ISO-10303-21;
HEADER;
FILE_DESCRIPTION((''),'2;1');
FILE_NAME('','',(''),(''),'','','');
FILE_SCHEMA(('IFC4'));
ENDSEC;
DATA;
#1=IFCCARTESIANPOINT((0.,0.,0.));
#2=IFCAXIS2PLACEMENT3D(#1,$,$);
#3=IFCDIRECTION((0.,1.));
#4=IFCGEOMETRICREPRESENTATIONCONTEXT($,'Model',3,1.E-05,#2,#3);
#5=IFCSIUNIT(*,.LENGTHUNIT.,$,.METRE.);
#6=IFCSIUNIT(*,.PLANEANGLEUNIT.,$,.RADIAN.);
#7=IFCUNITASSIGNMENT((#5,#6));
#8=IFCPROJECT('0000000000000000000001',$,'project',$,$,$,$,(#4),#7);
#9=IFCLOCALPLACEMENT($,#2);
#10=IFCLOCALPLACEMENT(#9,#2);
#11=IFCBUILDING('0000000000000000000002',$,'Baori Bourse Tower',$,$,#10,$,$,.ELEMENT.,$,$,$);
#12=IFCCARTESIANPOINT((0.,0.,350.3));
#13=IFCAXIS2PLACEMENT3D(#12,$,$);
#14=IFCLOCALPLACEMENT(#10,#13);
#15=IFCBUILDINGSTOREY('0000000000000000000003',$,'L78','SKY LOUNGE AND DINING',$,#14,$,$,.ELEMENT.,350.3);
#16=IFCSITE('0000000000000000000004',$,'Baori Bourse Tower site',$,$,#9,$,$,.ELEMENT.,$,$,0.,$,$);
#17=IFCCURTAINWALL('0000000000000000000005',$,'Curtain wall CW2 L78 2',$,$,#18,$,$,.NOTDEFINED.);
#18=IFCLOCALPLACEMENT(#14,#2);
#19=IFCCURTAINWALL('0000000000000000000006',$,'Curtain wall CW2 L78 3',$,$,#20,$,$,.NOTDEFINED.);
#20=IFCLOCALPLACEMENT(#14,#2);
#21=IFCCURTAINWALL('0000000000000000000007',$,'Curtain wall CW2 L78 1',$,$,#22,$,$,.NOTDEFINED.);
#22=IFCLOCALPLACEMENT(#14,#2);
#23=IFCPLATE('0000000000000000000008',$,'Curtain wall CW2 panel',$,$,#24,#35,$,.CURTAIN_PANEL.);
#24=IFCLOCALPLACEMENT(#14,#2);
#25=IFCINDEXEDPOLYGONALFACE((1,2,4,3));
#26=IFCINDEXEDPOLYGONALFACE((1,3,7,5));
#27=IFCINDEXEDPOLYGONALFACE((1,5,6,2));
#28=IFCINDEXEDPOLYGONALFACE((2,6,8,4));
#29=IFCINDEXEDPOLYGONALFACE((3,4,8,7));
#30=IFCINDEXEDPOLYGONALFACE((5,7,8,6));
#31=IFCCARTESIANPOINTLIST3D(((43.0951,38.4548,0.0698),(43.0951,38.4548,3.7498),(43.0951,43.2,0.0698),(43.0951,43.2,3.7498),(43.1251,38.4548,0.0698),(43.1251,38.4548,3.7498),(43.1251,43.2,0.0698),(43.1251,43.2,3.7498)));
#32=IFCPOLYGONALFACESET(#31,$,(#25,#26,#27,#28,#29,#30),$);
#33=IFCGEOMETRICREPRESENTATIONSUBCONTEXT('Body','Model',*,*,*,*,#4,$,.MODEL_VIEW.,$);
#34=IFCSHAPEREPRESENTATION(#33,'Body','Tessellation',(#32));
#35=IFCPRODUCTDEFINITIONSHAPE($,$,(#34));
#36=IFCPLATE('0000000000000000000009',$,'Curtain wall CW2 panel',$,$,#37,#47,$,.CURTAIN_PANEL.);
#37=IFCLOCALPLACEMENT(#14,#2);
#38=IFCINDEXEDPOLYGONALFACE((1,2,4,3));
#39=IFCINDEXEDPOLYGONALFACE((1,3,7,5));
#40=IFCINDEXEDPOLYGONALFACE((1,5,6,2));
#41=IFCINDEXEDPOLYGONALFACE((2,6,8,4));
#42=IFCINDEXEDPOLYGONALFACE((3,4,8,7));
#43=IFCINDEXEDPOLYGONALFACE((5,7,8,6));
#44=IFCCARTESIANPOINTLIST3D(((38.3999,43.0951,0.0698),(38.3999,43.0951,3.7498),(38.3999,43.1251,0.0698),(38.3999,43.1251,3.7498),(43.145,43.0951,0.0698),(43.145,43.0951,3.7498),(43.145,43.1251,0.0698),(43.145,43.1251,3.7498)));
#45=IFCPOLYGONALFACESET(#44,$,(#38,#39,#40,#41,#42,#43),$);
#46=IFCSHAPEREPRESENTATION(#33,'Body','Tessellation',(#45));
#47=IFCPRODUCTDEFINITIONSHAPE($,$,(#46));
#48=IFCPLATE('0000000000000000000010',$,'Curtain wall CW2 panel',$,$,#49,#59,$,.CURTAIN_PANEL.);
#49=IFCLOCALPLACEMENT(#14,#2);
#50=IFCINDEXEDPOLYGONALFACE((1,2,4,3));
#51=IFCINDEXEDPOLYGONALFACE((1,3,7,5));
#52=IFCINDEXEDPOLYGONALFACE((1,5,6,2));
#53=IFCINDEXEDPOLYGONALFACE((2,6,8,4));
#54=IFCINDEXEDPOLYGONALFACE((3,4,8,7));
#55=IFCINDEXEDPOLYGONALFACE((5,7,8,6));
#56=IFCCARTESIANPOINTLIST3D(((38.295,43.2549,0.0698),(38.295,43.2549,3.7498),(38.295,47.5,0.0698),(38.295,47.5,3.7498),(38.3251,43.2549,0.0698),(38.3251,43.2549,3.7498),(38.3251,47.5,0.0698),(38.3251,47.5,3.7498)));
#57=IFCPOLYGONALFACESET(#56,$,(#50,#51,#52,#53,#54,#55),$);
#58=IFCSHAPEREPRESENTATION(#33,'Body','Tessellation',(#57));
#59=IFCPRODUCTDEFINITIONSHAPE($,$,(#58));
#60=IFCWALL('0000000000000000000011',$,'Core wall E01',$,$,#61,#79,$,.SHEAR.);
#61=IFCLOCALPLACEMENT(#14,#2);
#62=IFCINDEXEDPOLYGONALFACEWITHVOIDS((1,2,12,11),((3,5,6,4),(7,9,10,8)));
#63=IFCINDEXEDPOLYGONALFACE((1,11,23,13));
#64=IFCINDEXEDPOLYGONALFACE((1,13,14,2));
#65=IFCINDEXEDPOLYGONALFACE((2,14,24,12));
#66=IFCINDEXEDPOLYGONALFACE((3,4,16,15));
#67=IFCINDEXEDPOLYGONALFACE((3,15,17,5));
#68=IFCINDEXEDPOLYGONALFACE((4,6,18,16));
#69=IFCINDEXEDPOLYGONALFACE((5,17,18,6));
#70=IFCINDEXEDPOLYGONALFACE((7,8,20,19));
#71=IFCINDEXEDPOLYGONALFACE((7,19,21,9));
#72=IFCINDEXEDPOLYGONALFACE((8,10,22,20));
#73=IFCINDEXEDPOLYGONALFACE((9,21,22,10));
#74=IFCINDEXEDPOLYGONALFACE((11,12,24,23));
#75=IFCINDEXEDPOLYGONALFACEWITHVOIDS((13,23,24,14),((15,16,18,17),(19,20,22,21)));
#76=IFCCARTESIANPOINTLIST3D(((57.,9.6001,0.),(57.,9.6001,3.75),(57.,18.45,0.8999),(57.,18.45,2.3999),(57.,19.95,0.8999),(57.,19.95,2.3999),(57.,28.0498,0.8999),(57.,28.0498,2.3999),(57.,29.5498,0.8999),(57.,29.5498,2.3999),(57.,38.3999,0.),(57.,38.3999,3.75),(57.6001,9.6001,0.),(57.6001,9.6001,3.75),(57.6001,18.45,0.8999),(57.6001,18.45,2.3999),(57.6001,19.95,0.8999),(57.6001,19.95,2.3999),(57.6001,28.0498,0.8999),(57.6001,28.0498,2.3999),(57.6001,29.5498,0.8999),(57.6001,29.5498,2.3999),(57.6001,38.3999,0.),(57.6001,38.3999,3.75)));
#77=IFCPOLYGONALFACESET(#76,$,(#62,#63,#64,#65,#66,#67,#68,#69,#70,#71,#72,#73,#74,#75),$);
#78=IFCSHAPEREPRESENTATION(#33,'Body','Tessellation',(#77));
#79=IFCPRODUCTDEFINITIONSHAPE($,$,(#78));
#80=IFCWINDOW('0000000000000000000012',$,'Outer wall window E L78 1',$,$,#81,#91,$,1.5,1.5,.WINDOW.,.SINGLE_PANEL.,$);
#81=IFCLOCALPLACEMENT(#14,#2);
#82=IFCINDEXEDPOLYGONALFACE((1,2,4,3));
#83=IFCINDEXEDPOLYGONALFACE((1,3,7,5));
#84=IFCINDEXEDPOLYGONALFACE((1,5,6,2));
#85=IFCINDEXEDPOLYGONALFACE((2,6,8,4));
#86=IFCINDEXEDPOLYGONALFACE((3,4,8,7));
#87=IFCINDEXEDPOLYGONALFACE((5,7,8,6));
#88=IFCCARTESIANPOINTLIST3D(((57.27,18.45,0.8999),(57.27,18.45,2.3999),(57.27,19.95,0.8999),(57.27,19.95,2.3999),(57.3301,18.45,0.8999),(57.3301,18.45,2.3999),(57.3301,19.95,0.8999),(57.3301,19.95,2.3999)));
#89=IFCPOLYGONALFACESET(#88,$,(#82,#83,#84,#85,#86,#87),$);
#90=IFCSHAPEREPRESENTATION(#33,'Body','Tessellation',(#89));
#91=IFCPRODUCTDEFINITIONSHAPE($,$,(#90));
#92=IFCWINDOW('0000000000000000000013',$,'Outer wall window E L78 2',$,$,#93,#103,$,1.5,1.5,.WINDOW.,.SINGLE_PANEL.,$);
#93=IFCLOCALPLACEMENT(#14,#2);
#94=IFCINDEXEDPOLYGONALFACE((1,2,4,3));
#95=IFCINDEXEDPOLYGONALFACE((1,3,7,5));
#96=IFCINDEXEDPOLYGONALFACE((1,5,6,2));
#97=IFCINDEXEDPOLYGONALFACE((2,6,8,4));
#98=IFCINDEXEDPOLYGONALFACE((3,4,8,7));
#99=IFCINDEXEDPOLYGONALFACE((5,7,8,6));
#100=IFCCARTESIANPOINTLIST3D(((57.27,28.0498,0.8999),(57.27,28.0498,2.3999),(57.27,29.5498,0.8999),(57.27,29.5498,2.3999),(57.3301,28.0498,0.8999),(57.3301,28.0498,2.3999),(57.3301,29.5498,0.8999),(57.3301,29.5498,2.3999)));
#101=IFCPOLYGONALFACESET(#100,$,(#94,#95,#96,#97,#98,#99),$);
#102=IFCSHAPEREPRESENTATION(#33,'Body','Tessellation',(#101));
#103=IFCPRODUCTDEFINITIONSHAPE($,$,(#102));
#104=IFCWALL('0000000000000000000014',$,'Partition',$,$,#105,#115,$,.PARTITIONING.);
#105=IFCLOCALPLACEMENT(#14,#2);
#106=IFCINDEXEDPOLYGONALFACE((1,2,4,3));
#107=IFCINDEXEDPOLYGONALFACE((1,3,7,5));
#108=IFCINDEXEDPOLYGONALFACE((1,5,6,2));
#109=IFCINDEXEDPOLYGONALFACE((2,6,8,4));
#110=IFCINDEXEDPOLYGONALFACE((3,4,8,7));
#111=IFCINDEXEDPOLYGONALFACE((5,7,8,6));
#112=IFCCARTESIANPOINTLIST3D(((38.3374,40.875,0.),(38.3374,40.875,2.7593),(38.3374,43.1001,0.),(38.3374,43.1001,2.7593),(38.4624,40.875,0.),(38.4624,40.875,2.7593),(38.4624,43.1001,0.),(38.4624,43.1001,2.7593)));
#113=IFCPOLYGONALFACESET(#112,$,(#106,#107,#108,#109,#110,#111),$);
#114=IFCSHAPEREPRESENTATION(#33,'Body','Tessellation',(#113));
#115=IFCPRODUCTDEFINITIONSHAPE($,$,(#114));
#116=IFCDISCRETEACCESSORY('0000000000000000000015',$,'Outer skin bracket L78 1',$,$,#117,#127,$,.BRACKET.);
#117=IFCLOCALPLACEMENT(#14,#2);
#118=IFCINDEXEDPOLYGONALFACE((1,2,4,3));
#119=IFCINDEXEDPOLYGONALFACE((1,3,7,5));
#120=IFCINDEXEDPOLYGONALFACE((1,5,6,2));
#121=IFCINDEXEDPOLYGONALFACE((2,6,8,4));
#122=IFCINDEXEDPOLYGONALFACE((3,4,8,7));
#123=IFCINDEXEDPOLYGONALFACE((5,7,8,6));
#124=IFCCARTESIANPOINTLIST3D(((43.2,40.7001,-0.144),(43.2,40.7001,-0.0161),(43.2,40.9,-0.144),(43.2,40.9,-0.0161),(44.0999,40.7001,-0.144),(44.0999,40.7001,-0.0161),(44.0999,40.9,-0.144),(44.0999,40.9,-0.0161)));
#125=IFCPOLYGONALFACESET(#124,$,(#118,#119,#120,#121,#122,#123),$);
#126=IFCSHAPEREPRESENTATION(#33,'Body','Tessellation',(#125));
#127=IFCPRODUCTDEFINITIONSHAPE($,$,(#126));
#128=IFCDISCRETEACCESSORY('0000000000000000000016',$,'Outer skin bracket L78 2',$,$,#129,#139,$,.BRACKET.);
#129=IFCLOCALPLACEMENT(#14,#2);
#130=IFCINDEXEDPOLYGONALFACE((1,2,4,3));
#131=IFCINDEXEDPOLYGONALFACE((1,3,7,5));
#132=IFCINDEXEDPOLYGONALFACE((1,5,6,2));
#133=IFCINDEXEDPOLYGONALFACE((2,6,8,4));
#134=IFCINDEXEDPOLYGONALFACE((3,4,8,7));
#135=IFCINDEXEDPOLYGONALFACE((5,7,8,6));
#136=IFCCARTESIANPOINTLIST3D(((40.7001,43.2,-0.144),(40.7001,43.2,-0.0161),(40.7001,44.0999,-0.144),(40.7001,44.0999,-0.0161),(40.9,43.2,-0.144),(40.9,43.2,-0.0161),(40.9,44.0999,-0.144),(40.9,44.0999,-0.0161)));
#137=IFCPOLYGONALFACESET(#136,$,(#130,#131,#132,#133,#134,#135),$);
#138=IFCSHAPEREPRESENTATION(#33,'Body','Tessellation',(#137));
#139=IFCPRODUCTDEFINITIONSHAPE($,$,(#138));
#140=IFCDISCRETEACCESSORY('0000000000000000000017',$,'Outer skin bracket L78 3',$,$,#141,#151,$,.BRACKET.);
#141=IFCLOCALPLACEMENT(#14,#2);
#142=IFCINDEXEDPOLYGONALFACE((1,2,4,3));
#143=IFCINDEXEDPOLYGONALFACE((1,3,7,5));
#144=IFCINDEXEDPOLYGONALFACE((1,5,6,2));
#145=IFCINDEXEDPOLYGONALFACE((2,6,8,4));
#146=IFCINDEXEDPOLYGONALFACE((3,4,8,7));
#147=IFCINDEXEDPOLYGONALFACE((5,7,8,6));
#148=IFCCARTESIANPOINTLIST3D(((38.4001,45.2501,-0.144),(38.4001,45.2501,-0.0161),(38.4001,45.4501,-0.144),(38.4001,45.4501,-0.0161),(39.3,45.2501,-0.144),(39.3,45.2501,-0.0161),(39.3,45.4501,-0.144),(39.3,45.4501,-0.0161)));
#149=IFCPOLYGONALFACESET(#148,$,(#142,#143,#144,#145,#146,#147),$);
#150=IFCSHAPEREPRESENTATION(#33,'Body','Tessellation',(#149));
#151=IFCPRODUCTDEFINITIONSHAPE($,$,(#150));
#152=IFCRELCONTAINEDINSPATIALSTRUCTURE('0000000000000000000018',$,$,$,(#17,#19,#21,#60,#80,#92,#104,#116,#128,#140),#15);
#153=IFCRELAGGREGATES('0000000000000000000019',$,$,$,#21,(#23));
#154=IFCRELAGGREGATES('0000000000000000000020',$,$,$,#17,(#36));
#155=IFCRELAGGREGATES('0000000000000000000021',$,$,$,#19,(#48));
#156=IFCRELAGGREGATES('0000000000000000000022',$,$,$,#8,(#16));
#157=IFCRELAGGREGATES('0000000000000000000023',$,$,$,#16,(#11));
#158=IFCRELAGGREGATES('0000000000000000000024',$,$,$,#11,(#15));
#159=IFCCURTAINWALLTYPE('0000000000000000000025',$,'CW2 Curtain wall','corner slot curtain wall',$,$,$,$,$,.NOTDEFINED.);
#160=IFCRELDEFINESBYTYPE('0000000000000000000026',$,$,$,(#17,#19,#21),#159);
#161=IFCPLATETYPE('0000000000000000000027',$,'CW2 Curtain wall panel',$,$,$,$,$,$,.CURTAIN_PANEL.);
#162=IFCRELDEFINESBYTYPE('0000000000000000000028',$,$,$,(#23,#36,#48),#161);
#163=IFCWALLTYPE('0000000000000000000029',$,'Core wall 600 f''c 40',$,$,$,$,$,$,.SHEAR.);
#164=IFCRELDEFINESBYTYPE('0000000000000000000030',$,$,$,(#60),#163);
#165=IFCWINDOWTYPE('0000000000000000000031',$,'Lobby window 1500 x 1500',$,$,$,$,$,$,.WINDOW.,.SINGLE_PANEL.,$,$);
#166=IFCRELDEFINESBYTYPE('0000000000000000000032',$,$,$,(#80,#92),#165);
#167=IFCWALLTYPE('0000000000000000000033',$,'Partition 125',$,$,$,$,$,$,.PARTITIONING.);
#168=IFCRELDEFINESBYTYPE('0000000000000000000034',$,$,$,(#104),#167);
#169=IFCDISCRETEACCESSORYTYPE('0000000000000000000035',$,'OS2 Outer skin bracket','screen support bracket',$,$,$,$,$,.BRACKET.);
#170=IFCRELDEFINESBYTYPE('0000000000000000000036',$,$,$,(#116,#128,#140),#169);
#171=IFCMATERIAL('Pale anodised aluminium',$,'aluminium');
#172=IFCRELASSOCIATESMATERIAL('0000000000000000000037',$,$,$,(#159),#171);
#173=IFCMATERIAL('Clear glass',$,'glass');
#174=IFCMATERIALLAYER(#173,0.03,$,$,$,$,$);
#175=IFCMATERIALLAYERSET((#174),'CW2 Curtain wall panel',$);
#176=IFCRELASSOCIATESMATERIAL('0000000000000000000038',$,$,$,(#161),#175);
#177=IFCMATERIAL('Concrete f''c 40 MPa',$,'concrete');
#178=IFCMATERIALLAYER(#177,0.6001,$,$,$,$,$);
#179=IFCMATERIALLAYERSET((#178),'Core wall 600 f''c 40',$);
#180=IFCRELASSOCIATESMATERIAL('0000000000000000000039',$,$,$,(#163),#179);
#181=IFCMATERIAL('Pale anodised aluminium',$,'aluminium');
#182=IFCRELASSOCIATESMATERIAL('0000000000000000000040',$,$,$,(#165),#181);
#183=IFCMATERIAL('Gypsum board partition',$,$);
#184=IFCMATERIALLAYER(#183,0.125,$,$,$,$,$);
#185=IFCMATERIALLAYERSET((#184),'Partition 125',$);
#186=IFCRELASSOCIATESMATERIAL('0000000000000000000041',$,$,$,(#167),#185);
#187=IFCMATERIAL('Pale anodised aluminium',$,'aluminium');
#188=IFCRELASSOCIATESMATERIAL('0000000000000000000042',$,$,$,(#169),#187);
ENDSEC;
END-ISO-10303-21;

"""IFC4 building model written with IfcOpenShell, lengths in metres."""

from ifc_helpers import new_model, si_unit, direction, frame, frame_2d, origin, origin_2d, place, context, subcontext, project, spatial, rectangle, extrude, material, layer, layer_set, type_object, element, fill, aggregate, save


model = new_model("IFC4")

# Units and contexts
model_context = context("Model", 3, precision=1e-05, world=origin(), true_north=direction((0.0, 1.0)))
body_context = subcontext(model_context, "Body", "Model", "MODEL_VIEW")
ifc_project = project(units=[si_unit("LENGTHUNIT", "METRE"), si_unit("PLANEANGLEUNIT", "RADIAN")], contexts=[model_context])

# Site, building, storey
site_placement = place(None, origin())
site = spatial("IfcSite", under=ifc_project, at=site_placement, Name="Baori Bourse Tower site", CompositionType="ELEMENT", RefElevation=0.0)
building_placement = place(site_placement, origin())
building = spatial("IfcBuilding", under=site, at=building_placement, Name="Baori Bourse Tower", CompositionType="ELEMENT")
storey_placement = place(building_placement, frame((0.0, 0.0, 350.3)))
storey = spatial("IfcBuildingStorey", under=building, at=storey_placement, Name="L78", Description="SKY LOUNGE AND DINING", CompositionType="ELEMENT", Elevation=350.3)

# Curtain walls
ifc_material_1 = material(Name="Pale anodised aluminium", Category="aluminium")
curtain_wall_type = type_object("IfcCurtainWallType", Name="CW2 Curtain wall", Description="corner slot curtain wall", PredefinedType="NOTDEFINED", material=ifc_material_1)
curtain_wall_1_placement = place(storey_placement, origin())
curtain_wall_1 = element("IfcCurtainWall", 1, at=curtain_wall_1_placement, inside=storey, type_object=curtain_wall_type, Name="Curtain wall CW2 L78 2", PredefinedType="NOTDEFINED")
curtain_wall_2_placement = place(storey_placement, origin())
curtain_wall_2 = element("IfcCurtainWall", 2, at=curtain_wall_2_placement, inside=storey, type_object=curtain_wall_type, Name="Curtain wall CW2 L78 3", PredefinedType="NOTDEFINED")
curtain_wall_3_placement = place(storey_placement, origin())
curtain_wall_3 = element("IfcCurtainWall", 3, at=curtain_wall_3_placement, inside=storey, type_object=curtain_wall_type, Name="Curtain wall CW2 L78 1", PredefinedType="NOTDEFINED")

# Plates
ifc_material_2 = material(Name="Clear glass", Category="glass")
ifc_layer_1 = layer(ifc_material_2, 0.03)
ifc_layer_set_1 = layer_set([ifc_layer_1], Name="CW2 Curtain wall panel")
plate_type = type_object("IfcPlateType", Name="CW2 Curtain wall panel", PredefinedType="CURTAIN_PANEL", material=ifc_layer_set_1)
plate_1_placement = place(storey_placement, frame((43.1101, 40.8274, 0.0698), z_axis=(0.0, 0.0, 1.0), x_axis=(0.0, 1.0, 0.0)))
plate_1 = element("IfcPlate", 4, at=plate_1_placement, type_object=plate_type, Name="Curtain wall CW2 panel", PredefinedType="CURTAIN_PANEL", context=body_context, shape_type="SweptSolid", body=[
    extrude(rectangle(XDim=4.7451, YDim=0.03, at=origin_2d()), origin(), (0.0, 0.0, 1.0), 3.6799),
])
aggregate(curtain_wall_3, [plate_1])
plate_2_placement = place(storey_placement, frame((40.7725, 43.1101, 0.0698), z_axis=(0.0, 0.0, 1.0), x_axis=(-1.0, 0.0, 0.0)))
plate_2 = element("IfcPlate", 5, at=plate_2_placement, type_object=plate_type, Name="Curtain wall CW2 panel", PredefinedType="CURTAIN_PANEL", context=body_context, shape_type="SweptSolid", body=[
    extrude(rectangle(XDim=4.7451, YDim=0.03, at=origin_2d()), origin(), (0.0, 0.0, 1.0), 3.6799),
])
aggregate(curtain_wall_1, [plate_2])
plate_3_placement = place(storey_placement, frame((38.3101, 45.3774, 0.0698), z_axis=(0.0, 0.0, 1.0), x_axis=(0.0, 1.0, 0.0)))
plate_3 = element("IfcPlate", 6, at=plate_3_placement, type_object=plate_type, Name="Curtain wall CW2 panel", PredefinedType="CURTAIN_PANEL", context=body_context, shape_type="SweptSolid", body=[
    extrude(rectangle(XDim=4.2451, YDim=0.03, at=origin_2d()), origin(), (0.0, 0.0, 1.0), 3.6799),
])
aggregate(curtain_wall_2, [plate_3])

# Wall, openings, windows
ifc_material_3 = material(Name="Concrete f'c 40 MPa", Category="concrete")
ifc_layer_2 = layer(ifc_material_3, 0.6001)
ifc_layer_set_2 = layer_set([ifc_layer_2], Name="Core wall 600 f'c 40")
wall_type_1 = type_object("IfcWallType", Name="Core wall 600 f'c 40", PredefinedType="SHEAR", material=ifc_layer_set_2)
wall_1_placement = place(storey_placement, frame((57.3, 38.3999, 0.0), z_axis=(0.0, 0.0, 1.0), x_axis=(0.0, -1.0, 0.0)))
wall_1 = element("IfcWall", 7, at=wall_1_placement, inside=storey, type_object=wall_type_1, Name="Core wall E01", PredefinedType="SHEAR", context=body_context, shape_type="SweptSolid", body=[
    extrude(rectangle(XDim=28.7998, YDim=0.6001, at=frame_2d((14.3999, 0.0))), origin(), (0.0, 0.0, 1.0), 3.75),
])
opening_1_placement = place(wall_1_placement, frame((18.45, 0.0, 0.8999)))
opening_1 = element("IfcOpeningElement", 8, at=opening_1_placement, cuts=wall_1, PredefinedType="OPENING", context=body_context, shape_type="SweptSolid", body=[
    extrude(rectangle(XDim=1.5, YDim=1.5, at=frame_2d((0.75, 0.75))), frame((0.0, 0.3101, 0.0), z_axis=(0.0, -1.0, 0.0), x_axis=(1.0, 0.0, 0.0)), (0.0, 0.0, 1.0), 0.6201),
])
opening_2_placement = place(wall_1_placement, frame((8.8501, 0.0, 0.8999)))
opening_2 = element("IfcOpeningElement", 9, at=opening_2_placement, cuts=wall_1, PredefinedType="OPENING", context=body_context, shape_type="SweptSolid", body=[
    extrude(rectangle(XDim=1.5, YDim=1.5, at=frame_2d((0.75, 0.75))), frame((0.0, 0.3101, 0.0), z_axis=(0.0, -1.0, 0.0), x_axis=(1.0, 0.0, 0.0)), (0.0, 0.0, 1.0), 0.6201),
])
ifc_material_4 = material(Name="Pale anodised aluminium", Category="aluminium")
window_type = type_object("IfcWindowType", Name="Lobby window 1500 x 1500", PartitioningType="SINGLE_PANEL", PredefinedType="WINDOW", material=ifc_material_4)
window_1_placement = place(opening_1_placement, origin())
window_1 = element("IfcWindow", 10, at=window_1_placement, inside=storey, type_object=window_type, Name="Outer wall window E L78 1", OverallHeight=1.5, OverallWidth=1.5, PartitioningType="SINGLE_PANEL", PredefinedType="WINDOW", context=body_context, shape_type="SweptSolid", body=[
    extrude(rectangle(XDim=1.5, YDim=1.5, at=frame_2d((0.75, 0.75))), frame((0.0, 0.03, 0.0), z_axis=(0.0, -1.0, 0.0), x_axis=(1.0, 0.0, 0.0)), (0.0, 0.0, 1.0), 0.0601),
])
fill(opening_1, window_1)
window_2_placement = place(opening_2_placement, origin())
window_2 = element("IfcWindow", 11, at=window_2_placement, inside=storey, type_object=window_type, Name="Outer wall window E L78 2", OverallHeight=1.5, OverallWidth=1.5, PartitioningType="SINGLE_PANEL", PredefinedType="WINDOW", context=body_context, shape_type="SweptSolid", body=[
    extrude(rectangle(XDim=1.5, YDim=1.5, at=frame_2d((0.75, 0.75))), frame((0.0, 0.03, 0.0), z_axis=(0.0, -1.0, 0.0), x_axis=(1.0, 0.0, 0.0)), (0.0, 0.0, 1.0), 0.0601),
])
fill(opening_2, window_2)

# Wall
ifc_material_5 = material(Name="Gypsum board partition")
ifc_layer_3 = layer(ifc_material_5, 0.125)
ifc_layer_set_3 = layer_set([ifc_layer_3], Name="Partition 125")
wall_type_2 = type_object("IfcWallType", Name="Partition 125", PredefinedType="PARTITIONING", material=ifc_layer_set_3)
wall_2_placement = place(storey_placement, frame((38.3999, 40.875, 0.0), z_axis=(0.0, 0.0, 1.0), x_axis=(0.0, 1.0, 0.0)))
element("IfcWall", 12, at=wall_2_placement, inside=storey, type_object=wall_type_2, Name="Partition", PredefinedType="PARTITIONING", context=body_context, shape_type="SweptSolid", body=[
    extrude(rectangle(XDim=2.2251, YDim=0.125, at=frame_2d((1.1125, 0.0))), origin(), (0.0, 0.0, 1.0), 2.7593),
])

# Discrete accessories
ifc_material_6 = material(Name="Pale anodised aluminium", Category="aluminium")
discrete_accessory_type = type_object("IfcDiscreteAccessoryType", Name="OS2 Outer skin bracket", Description="screen support bracket", PredefinedType="BRACKET", material=ifc_material_6)
for number, where, z_axis, x_axis, name in (
    (13, (43.6499, 40.8, -0.144), (0.0, 0.0, 1.0), (0.0, 1.0, 0.0), "Outer skin bracket L78 1"),
    (14, (40.8, 43.6499, -0.144), (0.0, 0.0, 1.0), (-1.0, 0.0, 0.0), "Outer skin bracket L78 2"),
    (15, (38.8501, 45.3501, -0.144), (0.0, 0.0, 1.0), (0.0, 1.0, 0.0), "Outer skin bracket L78 3"),
):
    element("IfcDiscreteAccessory", number, at=place(storey_placement, frame(where, z_axis=z_axis, x_axis=x_axis)), inside=storey, type_object=discrete_accessory_type, Name=name, PredefinedType="BRACKET", context=body_context, shape_type="SweptSolid", body=[
        extrude(rectangle(XDim=0.2, YDim=0.8999, at=origin_2d()), origin(), (0.0, 0.0, 1.0), 0.1279),
    ])

save(model, "model.ifc")
